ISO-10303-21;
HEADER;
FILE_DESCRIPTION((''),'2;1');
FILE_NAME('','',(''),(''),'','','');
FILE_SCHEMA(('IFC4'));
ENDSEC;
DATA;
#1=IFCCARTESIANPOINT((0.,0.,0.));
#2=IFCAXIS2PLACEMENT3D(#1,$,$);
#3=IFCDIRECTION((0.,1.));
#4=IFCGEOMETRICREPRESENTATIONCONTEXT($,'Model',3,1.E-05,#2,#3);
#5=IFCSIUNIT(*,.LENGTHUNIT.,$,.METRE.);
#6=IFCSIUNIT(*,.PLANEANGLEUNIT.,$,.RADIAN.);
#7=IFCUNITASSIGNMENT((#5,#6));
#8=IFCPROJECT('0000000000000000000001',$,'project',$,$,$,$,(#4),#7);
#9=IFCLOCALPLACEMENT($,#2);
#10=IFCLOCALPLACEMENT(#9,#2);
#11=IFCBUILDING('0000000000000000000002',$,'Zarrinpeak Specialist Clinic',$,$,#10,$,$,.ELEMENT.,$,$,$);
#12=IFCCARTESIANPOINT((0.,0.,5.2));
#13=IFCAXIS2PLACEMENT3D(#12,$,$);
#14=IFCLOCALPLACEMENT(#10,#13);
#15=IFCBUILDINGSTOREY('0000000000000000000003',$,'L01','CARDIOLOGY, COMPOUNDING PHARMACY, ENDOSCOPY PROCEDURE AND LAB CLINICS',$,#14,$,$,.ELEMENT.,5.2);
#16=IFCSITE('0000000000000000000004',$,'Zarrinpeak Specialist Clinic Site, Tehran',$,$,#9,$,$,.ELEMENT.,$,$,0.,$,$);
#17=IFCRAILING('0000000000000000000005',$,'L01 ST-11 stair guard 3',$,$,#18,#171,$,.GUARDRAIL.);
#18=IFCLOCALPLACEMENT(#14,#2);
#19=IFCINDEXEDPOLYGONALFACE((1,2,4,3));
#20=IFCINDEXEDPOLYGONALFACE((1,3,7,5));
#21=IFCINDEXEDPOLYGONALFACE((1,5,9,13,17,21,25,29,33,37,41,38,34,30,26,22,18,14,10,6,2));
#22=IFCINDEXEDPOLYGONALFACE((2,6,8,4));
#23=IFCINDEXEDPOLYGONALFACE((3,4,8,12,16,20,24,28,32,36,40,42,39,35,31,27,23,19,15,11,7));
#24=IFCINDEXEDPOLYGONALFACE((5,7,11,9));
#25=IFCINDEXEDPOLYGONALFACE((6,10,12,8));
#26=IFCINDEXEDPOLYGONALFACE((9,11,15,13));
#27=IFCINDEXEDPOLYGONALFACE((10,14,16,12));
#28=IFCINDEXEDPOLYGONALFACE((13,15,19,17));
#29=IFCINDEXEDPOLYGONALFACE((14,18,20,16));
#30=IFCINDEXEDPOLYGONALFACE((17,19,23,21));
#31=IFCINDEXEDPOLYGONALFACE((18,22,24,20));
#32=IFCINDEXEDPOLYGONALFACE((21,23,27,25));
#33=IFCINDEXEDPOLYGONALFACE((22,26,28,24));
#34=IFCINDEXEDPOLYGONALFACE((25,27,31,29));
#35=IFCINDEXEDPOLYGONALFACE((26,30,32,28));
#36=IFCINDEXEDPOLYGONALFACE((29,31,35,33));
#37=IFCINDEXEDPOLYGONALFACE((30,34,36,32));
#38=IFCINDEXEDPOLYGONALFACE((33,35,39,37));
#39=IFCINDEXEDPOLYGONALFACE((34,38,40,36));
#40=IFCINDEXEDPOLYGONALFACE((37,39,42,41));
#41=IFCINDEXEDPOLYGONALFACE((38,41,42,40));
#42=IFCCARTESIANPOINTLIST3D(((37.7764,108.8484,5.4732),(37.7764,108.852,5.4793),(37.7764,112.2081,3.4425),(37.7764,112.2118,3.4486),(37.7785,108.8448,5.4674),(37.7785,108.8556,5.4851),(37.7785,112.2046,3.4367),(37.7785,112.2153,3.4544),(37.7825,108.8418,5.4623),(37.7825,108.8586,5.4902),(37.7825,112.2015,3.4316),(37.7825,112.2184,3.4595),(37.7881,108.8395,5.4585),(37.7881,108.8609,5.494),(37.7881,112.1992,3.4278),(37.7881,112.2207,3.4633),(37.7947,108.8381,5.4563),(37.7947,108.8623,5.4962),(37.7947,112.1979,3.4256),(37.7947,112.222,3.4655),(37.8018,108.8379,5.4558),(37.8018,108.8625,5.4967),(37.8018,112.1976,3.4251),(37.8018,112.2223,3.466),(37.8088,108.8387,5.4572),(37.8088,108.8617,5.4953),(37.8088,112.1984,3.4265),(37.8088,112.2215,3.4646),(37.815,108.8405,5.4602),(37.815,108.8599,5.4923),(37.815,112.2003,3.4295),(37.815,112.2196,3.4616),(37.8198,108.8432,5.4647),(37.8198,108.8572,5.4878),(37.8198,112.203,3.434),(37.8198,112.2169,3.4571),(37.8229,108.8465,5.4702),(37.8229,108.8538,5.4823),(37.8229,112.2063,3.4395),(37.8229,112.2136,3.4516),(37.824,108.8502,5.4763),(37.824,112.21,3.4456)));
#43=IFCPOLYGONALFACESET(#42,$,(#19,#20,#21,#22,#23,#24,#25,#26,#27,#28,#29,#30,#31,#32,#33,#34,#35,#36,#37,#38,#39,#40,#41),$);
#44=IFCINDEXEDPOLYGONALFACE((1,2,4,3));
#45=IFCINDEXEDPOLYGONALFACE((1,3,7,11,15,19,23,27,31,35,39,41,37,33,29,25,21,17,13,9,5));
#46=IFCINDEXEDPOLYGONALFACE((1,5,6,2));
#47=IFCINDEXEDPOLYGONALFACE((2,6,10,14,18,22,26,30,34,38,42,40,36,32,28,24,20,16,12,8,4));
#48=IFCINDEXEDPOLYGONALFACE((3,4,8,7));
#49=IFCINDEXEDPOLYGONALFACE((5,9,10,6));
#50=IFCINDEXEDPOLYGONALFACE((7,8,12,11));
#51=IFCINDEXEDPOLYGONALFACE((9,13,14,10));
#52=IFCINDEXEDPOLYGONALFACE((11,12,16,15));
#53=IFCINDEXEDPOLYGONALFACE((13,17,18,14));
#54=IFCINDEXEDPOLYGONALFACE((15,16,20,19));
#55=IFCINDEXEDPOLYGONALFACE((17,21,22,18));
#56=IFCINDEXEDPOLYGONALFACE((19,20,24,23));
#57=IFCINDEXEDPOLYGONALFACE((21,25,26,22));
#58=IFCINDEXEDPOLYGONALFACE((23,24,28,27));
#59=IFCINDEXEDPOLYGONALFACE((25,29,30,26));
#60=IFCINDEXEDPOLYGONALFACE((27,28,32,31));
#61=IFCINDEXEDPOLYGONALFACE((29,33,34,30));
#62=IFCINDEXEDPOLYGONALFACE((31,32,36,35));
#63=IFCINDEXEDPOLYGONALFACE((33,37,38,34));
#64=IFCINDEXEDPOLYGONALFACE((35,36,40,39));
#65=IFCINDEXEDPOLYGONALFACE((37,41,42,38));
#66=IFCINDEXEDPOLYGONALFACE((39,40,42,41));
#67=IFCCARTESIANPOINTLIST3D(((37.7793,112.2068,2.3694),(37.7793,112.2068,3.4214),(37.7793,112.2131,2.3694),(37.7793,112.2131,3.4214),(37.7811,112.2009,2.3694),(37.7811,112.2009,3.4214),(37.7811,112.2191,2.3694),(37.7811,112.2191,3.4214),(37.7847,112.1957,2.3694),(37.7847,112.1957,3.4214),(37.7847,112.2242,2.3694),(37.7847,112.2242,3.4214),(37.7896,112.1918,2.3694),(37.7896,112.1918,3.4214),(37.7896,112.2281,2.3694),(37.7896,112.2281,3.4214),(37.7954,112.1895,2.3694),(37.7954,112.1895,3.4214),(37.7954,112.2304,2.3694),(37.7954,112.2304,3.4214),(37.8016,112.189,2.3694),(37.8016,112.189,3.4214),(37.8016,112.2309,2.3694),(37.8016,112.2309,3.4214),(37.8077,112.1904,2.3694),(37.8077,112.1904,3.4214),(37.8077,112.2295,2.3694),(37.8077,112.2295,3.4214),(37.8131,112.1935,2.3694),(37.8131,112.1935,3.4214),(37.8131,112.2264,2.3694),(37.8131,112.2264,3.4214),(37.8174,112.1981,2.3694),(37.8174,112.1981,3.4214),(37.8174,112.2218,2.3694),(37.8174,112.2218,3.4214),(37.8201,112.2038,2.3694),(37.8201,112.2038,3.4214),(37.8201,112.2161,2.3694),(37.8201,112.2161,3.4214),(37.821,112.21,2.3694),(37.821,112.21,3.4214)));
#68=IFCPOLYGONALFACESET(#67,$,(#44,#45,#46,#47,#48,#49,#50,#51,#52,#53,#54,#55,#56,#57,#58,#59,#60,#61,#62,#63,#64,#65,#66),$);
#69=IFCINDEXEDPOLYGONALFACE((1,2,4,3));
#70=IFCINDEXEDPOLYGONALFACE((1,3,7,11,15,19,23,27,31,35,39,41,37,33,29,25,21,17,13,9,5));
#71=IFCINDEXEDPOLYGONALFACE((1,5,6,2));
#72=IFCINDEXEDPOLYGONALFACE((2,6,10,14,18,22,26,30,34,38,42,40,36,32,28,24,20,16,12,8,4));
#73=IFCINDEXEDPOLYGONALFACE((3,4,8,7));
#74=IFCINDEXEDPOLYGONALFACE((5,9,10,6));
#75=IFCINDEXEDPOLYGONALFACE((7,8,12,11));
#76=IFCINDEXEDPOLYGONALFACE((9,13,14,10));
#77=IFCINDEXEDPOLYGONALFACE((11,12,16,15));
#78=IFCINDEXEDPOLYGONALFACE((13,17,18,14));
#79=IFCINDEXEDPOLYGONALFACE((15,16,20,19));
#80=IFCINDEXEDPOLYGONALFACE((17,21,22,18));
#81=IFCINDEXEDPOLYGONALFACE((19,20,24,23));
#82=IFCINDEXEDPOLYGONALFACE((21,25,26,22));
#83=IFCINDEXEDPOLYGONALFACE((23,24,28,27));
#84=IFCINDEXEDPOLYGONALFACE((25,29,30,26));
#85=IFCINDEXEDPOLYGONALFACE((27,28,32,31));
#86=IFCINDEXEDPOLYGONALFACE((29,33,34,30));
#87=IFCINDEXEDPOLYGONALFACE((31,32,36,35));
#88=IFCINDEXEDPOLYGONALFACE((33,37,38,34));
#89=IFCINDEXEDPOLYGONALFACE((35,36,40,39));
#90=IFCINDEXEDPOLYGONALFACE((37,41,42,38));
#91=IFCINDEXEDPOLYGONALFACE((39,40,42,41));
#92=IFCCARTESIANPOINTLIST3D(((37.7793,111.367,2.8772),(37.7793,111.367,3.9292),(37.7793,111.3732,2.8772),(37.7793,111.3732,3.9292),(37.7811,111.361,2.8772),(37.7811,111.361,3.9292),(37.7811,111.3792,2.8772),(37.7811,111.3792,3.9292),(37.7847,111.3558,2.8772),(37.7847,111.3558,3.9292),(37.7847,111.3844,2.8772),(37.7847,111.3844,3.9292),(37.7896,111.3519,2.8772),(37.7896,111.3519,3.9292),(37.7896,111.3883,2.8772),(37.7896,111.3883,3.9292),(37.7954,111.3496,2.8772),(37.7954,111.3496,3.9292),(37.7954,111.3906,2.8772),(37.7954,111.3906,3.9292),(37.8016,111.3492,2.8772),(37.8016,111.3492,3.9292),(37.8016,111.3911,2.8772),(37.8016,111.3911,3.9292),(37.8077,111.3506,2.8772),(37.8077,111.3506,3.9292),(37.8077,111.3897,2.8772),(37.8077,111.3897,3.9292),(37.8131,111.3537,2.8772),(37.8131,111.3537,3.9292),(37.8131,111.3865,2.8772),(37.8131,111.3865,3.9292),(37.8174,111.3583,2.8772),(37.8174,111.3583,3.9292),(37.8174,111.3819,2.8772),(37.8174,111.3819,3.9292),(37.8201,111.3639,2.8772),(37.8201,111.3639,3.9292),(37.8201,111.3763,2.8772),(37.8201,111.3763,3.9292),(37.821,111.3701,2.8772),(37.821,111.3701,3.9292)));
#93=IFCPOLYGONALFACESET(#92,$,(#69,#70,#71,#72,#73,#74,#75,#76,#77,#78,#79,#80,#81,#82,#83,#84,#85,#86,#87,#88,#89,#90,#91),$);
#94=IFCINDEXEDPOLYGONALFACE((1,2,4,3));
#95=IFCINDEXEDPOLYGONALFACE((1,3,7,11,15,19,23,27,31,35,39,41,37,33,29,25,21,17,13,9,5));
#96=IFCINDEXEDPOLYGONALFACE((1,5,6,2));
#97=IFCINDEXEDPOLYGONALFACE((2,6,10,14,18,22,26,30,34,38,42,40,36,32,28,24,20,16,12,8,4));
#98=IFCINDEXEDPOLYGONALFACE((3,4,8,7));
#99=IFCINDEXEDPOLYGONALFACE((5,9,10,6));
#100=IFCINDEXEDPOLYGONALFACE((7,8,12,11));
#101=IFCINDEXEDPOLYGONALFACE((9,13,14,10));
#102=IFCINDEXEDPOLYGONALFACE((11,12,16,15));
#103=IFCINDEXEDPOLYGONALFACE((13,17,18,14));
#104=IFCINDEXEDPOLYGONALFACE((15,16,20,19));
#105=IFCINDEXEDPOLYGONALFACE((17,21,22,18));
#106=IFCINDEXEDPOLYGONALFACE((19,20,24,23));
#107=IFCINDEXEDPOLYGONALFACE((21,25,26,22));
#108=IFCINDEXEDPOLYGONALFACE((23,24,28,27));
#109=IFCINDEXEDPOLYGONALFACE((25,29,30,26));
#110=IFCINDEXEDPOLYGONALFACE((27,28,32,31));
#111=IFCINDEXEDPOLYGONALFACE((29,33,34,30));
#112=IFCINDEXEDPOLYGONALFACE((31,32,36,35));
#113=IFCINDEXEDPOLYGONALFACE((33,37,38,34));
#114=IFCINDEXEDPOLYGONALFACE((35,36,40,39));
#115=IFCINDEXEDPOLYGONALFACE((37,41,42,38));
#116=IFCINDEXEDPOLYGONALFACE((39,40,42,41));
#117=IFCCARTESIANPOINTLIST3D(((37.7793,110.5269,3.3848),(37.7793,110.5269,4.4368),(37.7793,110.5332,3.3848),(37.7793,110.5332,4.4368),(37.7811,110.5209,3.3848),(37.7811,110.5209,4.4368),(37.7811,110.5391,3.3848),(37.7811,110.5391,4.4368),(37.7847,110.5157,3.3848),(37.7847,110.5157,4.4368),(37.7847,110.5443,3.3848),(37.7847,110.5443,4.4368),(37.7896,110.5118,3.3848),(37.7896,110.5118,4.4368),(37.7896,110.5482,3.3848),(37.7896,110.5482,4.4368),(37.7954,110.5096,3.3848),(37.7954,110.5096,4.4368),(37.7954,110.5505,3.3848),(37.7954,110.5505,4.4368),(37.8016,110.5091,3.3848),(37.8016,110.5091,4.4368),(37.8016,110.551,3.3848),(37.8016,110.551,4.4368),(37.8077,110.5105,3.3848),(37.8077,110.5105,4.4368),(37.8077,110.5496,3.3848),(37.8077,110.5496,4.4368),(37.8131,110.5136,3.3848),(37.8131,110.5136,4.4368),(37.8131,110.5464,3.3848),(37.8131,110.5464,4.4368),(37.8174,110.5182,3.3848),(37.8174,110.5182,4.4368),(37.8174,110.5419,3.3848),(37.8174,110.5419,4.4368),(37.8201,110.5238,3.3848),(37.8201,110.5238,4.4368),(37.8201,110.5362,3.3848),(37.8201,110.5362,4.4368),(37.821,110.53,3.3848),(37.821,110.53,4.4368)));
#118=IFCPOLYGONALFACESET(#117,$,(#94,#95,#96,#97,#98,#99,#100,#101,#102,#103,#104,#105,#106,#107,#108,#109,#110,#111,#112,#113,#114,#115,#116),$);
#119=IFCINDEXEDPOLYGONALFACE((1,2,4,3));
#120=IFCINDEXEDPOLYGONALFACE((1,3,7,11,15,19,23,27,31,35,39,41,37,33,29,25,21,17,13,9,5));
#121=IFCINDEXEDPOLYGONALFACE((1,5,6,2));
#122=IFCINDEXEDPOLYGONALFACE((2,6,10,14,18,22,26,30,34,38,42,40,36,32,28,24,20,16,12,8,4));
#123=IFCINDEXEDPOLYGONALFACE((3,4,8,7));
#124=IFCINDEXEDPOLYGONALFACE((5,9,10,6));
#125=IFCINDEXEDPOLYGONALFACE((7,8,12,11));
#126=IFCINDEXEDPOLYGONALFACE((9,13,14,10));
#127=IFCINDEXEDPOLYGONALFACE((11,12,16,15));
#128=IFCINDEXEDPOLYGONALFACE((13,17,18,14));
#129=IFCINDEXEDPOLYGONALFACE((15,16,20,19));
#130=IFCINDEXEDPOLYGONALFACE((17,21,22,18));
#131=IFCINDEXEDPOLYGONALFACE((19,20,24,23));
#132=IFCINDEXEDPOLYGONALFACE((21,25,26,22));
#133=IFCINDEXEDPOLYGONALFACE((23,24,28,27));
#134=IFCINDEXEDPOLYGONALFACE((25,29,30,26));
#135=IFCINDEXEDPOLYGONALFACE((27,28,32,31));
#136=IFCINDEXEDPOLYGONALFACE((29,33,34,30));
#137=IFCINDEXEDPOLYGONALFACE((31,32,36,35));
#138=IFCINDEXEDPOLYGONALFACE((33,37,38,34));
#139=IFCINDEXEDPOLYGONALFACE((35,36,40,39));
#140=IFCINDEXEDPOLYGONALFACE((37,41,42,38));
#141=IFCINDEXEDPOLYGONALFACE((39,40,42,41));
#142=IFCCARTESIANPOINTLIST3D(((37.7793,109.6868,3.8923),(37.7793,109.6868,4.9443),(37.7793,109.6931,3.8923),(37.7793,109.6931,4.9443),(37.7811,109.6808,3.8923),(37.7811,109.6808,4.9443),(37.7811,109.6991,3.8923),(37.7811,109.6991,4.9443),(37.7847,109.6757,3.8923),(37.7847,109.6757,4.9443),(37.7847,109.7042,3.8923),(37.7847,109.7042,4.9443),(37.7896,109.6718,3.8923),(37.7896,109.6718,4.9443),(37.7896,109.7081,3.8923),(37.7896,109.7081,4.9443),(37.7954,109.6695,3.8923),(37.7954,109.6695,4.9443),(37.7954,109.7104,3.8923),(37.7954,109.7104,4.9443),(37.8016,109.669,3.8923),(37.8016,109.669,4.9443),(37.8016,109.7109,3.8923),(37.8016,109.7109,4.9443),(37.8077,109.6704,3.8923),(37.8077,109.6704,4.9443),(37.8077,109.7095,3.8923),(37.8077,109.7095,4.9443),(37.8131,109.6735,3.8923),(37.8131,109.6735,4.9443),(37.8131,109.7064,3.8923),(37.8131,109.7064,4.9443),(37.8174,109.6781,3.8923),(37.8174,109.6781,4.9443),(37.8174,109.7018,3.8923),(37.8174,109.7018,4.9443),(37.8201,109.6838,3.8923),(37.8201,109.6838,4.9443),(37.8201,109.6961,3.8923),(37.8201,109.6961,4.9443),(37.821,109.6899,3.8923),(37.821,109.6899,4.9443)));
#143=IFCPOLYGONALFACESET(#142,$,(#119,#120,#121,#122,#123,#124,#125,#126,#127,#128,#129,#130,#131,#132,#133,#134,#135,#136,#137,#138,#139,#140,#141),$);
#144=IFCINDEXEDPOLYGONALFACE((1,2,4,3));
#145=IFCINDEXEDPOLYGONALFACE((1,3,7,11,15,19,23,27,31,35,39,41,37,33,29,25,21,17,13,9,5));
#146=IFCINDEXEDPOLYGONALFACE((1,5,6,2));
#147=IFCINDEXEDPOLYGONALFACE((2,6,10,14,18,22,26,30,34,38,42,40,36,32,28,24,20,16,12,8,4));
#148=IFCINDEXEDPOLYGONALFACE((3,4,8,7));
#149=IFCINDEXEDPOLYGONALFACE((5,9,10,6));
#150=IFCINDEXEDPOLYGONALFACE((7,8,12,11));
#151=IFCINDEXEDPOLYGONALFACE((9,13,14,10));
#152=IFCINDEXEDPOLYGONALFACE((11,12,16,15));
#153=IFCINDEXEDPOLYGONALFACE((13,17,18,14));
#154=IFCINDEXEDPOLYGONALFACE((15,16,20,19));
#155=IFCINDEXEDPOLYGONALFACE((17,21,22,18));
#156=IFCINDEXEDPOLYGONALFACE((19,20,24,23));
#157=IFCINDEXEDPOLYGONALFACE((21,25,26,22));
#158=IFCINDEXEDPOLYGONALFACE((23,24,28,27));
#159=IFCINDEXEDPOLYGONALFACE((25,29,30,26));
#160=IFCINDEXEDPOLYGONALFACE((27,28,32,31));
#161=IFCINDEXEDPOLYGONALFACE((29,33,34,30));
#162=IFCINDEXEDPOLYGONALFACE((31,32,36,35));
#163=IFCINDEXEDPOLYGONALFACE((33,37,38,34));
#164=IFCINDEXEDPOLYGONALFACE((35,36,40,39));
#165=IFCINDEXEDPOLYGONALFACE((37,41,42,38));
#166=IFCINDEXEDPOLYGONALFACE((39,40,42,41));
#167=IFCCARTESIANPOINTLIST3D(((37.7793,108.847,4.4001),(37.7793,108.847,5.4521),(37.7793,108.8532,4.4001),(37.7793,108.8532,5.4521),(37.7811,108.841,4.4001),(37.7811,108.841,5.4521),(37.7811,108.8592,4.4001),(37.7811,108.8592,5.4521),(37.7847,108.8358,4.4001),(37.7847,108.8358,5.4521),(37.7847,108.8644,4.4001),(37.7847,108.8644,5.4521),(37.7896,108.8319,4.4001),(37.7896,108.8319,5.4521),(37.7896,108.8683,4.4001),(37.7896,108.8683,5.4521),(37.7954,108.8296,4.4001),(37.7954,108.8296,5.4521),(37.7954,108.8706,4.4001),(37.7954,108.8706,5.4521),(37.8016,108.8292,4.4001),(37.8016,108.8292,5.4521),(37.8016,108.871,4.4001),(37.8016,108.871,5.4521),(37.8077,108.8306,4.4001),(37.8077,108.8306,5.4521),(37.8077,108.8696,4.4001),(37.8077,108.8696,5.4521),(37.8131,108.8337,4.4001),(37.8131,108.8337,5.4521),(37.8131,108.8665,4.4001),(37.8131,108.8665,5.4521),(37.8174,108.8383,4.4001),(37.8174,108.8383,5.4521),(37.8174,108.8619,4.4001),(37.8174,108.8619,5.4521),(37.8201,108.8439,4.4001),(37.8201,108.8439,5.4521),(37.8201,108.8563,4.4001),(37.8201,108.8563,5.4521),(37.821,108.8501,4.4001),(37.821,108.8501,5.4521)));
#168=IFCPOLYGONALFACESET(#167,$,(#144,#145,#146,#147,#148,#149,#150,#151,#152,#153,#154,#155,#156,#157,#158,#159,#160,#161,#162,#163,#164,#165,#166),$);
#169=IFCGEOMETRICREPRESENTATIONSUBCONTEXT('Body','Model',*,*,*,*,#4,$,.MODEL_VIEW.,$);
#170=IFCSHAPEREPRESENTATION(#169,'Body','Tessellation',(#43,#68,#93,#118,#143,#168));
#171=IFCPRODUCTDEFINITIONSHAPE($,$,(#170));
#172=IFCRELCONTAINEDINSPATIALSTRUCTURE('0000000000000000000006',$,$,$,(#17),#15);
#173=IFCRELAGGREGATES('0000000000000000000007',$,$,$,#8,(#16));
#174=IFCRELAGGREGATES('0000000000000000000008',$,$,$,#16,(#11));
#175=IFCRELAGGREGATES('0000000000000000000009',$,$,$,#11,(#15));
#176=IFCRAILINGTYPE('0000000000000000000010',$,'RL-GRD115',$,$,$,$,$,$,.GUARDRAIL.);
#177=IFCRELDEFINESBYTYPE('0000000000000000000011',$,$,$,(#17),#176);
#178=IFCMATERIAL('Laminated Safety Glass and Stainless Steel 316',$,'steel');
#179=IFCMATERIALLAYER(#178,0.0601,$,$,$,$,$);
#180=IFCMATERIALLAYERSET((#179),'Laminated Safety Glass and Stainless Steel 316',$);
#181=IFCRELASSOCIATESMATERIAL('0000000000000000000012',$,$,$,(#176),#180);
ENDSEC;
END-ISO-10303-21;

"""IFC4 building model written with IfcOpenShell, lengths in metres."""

from ifc_helpers import new_model, si_unit, direction, frame, origin, origin_2d, place, context, subcontext, project, spatial, circle, extrude, material, layer, layer_set, type_object, element, save


model = new_model("IFC4")

# Units and contexts
model_context = context("Model", 3, precision=1e-05, world=origin(), true_north=direction((0.0, 1.0)))
body_context = subcontext(model_context, "Body", "Model", "MODEL_VIEW")
ifc_project = project(units=[si_unit("LENGTHUNIT", "METRE"), si_unit("PLANEANGLEUNIT", "RADIAN")], contexts=[model_context])

# Site, building, storey
site_placement = place(None, origin())
site = spatial("IfcSite", under=ifc_project, at=site_placement, Name="Zarrinpeak Specialist Clinic Site, Tehran", CompositionType="ELEMENT", RefElevation=0.0)
building_placement = place(site_placement, origin())
building = spatial("IfcBuilding", under=site, at=building_placement, Name="Zarrinpeak Specialist Clinic", CompositionType="ELEMENT")
storey_placement = place(building_placement, frame((0.0, 0.0, 5.2)))
storey = spatial("IfcBuildingStorey", under=building, at=storey_placement, Name="L01", Description="CARDIOLOGY, COMPOUNDING PHARMACY, ENDOSCOPY PROCEDURE AND LAB CLINICS", CompositionType="ELEMENT", Elevation=5.2)

# Railing
ifc_material_1 = material(Name="Laminated Safety Glass and Stainless Steel 316", Category="steel")
ifc_layer_1 = layer(ifc_material_1, 0.0601)
ifc_layer_set_1 = layer_set([ifc_layer_1], Name="Laminated Safety Glass and Stainless Steel 316")
railing_type_1 = type_object("IfcRailingType", Name="RL-GRD115", PredefinedType="GUARDRAIL", material=ifc_layer_set_1)
railing_1_placement = place(storey_placement, frame((37.8, 112.21, 2.3694)))
element("IfcRailing", 1, at=railing_1_placement, inside=storey, type_object=railing_type_1, Name="L01 ST-11 stair guard 3", PredefinedType="GUARDRAIL", context=body_context, shape_type="SweptSolid", body=[
    extrude(circle(Radius=0.0239, at=origin_2d()), frame((0.0, 0.0, 1.0762), z_axis=(0.0, -0.85582, 0.517273), x_axis=(1.0, 0.0, 0.0)), (0.0, 0.0, 1.0), 3.9258),
    extrude(circle(Radius=0.021, at=origin_2d()), origin(), (0.0, 0.0, 1.0), 1.052),
    extrude(circle(Radius=0.021, at=origin_2d()), frame((0.0, -0.8398, 0.5078)), (0.0, 0.0, 1.0), 1.052),
    extrude(circle(Radius=0.021, at=origin_2d()), frame((0.0, -1.6799, 1.0154)), (0.0, 0.0, 1.0), 1.052),
    extrude(circle(Radius=0.021, at=origin_2d()), frame((0.0, -2.52, 1.5229)), (0.0, 0.0, 1.0), 1.052),
    extrude(circle(Radius=0.021, at=origin_2d()), frame((0.0, -3.3599, 2.0308)), (0.0, 0.0, 1.0), 1.052),
])

save(model, "model.ifc")
